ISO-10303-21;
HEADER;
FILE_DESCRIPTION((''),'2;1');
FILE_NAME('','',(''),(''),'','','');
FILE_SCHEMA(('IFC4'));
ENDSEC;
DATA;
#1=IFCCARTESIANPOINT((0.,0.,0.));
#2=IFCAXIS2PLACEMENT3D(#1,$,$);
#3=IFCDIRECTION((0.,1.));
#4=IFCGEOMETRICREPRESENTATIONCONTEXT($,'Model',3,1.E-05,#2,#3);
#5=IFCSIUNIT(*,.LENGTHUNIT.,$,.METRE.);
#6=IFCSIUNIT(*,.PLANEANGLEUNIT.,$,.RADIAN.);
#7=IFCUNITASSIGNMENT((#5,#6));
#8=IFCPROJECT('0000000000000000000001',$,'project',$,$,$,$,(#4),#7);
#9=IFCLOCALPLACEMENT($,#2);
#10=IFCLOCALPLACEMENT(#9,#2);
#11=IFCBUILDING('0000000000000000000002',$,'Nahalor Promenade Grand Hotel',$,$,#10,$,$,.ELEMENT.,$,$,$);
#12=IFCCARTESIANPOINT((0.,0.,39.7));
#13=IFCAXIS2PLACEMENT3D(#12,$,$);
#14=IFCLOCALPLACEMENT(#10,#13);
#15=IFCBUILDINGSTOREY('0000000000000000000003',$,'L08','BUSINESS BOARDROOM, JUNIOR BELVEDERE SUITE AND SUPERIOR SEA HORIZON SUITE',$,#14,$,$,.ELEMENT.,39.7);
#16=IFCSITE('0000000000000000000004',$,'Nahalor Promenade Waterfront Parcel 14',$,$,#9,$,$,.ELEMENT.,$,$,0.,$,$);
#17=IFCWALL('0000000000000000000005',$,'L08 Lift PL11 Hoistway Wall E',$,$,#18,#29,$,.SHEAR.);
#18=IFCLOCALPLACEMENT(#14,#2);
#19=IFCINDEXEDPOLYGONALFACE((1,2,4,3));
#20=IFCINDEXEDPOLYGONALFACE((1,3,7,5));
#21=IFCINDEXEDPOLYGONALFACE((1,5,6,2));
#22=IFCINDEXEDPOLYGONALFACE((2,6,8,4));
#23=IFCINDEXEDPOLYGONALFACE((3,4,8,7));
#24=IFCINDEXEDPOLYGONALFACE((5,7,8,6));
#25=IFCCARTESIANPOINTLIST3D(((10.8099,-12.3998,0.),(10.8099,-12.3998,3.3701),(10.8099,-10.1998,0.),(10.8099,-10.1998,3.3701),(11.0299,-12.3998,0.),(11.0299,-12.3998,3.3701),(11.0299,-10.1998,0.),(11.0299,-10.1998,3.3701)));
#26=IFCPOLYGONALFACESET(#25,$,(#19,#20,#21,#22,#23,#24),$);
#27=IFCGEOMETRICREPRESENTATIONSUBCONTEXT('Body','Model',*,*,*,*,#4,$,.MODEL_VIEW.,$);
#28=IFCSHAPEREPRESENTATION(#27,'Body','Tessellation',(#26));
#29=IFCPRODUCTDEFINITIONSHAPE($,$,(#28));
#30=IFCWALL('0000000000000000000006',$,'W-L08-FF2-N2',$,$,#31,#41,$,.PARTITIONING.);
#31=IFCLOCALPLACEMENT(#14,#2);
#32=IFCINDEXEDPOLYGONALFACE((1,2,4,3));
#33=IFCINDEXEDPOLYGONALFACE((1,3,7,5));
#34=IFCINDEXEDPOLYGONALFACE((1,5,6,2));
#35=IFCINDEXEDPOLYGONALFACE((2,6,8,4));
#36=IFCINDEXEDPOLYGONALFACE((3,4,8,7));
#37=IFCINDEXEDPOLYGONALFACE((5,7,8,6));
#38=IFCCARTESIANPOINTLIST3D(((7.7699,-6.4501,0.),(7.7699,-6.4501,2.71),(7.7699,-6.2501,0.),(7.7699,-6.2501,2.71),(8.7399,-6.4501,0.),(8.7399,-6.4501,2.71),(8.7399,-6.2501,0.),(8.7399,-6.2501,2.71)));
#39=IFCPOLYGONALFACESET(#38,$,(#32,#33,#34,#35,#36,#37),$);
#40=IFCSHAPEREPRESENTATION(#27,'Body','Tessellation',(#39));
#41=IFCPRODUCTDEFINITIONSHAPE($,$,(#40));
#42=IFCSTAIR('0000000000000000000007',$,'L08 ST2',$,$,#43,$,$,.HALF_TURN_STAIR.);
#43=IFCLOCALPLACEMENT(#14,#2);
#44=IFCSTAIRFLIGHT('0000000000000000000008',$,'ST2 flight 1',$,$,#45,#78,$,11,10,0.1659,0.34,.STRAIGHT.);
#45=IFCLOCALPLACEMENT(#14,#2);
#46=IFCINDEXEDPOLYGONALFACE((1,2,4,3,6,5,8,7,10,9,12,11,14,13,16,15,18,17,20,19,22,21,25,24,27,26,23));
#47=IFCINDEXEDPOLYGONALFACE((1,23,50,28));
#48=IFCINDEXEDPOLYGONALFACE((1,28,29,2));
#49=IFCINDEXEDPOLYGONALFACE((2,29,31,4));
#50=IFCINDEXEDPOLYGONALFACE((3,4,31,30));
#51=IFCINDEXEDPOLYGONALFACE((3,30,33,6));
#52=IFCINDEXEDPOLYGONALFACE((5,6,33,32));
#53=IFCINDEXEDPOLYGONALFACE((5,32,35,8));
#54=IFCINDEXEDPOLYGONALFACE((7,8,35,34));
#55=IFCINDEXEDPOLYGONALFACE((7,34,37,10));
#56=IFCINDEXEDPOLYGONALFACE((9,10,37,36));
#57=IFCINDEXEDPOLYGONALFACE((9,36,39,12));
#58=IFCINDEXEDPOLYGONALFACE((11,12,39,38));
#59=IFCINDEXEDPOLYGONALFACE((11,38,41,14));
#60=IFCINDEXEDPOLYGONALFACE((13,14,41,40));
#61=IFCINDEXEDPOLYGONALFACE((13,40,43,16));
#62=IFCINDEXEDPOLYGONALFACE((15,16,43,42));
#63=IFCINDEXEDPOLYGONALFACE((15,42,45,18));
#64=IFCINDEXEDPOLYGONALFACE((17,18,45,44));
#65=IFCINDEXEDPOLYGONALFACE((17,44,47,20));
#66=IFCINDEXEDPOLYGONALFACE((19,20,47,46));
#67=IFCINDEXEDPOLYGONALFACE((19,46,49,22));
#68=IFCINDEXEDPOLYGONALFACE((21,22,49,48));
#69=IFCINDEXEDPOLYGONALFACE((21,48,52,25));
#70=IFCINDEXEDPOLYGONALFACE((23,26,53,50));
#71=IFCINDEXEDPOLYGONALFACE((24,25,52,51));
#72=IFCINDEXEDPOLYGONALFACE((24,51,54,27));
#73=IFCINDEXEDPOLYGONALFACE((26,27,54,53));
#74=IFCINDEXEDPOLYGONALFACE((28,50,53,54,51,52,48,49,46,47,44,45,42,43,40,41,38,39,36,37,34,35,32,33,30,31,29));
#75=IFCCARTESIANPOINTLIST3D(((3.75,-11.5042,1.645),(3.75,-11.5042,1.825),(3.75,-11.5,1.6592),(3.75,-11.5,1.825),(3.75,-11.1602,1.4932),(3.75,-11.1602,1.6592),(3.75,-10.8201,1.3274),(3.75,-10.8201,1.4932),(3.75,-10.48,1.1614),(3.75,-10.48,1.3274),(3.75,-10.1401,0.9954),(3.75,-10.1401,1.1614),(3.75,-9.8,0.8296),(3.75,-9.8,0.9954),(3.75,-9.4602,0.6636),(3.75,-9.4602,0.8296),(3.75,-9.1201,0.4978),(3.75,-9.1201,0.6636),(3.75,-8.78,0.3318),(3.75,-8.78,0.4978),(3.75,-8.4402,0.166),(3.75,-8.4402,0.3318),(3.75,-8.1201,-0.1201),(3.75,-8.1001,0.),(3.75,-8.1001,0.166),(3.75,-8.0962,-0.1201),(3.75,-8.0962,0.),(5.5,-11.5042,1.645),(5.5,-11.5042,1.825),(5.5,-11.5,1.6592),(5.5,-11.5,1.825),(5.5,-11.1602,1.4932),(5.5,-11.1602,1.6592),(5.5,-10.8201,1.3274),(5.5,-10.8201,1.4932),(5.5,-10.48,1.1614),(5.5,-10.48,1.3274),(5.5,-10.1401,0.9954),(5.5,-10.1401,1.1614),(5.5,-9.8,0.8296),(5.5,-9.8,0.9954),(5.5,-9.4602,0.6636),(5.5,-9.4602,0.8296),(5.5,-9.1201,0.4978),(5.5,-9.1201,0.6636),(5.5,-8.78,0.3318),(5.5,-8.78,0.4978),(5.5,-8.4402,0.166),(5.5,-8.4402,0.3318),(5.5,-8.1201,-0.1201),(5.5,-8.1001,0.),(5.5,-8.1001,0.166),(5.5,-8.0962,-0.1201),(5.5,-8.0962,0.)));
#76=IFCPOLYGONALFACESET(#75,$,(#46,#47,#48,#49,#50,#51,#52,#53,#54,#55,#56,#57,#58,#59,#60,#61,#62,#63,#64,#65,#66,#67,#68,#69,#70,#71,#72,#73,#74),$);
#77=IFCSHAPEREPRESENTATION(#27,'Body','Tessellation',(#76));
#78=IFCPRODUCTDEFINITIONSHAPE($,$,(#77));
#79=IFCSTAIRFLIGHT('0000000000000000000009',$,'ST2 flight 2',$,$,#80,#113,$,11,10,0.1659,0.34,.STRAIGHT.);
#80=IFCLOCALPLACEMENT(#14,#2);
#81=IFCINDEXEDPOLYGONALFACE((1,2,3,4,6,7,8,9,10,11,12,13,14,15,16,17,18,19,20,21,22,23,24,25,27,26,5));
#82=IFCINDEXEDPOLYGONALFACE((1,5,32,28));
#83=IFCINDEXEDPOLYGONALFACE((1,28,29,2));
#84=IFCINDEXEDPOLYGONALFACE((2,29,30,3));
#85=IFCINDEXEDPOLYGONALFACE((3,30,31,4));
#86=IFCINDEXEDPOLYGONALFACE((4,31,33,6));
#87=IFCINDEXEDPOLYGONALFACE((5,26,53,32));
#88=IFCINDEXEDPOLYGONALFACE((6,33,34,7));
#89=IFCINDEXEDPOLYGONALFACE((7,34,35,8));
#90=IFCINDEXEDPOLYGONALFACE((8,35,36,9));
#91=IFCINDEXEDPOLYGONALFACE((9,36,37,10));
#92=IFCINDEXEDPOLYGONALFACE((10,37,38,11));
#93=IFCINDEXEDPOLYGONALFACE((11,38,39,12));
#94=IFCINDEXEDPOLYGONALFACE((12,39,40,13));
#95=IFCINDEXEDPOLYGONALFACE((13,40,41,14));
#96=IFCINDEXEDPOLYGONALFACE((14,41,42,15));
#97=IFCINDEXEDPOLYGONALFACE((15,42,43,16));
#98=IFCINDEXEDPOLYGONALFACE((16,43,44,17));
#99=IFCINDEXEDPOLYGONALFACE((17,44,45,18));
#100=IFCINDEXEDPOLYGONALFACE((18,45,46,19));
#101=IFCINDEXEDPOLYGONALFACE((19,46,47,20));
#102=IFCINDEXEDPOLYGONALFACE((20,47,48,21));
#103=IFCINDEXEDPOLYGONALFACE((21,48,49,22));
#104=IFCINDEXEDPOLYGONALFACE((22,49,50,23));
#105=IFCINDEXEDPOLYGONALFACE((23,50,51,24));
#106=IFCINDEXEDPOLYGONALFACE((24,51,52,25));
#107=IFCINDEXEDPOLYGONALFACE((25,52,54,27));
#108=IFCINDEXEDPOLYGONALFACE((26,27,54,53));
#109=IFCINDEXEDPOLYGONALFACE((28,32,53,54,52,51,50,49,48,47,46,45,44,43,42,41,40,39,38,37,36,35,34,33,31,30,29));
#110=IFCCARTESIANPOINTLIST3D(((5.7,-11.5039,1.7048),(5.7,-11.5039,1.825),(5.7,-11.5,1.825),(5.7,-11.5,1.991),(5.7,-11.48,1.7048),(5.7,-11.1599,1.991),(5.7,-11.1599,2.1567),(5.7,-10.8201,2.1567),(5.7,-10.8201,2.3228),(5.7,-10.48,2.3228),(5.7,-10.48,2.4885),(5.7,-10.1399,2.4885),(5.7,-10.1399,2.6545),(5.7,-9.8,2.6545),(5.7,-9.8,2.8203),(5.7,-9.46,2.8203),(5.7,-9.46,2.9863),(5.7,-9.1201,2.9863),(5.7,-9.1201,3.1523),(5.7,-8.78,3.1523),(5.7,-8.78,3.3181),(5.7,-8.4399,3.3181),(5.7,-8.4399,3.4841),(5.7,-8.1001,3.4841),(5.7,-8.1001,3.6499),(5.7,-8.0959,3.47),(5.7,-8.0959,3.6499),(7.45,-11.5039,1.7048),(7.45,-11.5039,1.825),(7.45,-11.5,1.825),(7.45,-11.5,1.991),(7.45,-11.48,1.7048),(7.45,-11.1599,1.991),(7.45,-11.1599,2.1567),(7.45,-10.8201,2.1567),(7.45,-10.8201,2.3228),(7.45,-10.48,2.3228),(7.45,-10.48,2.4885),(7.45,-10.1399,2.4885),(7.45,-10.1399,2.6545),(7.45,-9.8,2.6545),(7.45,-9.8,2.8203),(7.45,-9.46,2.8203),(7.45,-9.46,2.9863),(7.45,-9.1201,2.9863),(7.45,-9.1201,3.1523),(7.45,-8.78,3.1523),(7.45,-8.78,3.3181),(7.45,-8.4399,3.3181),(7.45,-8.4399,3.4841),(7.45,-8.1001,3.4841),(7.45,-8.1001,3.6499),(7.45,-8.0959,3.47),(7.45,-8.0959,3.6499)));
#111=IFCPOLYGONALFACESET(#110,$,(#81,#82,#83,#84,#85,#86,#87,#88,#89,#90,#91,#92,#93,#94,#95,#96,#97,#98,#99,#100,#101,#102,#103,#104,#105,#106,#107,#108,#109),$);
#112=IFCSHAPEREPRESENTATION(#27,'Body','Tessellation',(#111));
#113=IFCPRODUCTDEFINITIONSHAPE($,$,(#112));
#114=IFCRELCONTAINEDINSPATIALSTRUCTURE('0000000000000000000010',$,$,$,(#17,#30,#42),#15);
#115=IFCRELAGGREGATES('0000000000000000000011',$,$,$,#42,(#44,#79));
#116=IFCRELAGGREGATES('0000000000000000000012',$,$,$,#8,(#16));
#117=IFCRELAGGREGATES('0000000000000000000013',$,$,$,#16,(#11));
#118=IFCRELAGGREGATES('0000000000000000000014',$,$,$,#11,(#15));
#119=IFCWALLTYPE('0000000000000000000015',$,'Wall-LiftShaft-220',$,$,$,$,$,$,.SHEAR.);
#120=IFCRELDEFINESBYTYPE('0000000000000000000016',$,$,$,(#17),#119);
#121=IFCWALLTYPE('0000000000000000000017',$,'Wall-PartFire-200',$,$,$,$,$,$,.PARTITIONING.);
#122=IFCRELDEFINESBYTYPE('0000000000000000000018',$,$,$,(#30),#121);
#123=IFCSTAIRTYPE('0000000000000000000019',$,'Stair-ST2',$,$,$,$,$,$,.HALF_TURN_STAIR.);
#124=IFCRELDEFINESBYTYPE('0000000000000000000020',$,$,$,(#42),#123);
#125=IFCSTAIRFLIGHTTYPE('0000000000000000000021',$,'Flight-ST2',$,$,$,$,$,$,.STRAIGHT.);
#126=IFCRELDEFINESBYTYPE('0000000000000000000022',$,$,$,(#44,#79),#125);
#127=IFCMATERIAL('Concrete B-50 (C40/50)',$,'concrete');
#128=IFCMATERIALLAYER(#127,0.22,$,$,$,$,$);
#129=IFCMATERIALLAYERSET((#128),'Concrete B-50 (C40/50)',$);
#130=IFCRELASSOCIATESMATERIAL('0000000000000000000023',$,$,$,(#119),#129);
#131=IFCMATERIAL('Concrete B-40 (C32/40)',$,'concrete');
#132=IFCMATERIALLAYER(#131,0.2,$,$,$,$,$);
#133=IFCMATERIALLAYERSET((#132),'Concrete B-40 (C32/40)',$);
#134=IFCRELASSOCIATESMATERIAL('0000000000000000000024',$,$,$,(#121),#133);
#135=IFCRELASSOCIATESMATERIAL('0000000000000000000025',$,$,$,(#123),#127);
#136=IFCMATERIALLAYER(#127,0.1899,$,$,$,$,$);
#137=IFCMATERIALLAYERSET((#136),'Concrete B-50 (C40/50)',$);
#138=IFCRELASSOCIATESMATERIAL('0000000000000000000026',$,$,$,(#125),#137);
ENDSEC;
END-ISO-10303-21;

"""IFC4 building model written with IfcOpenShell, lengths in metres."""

from ifc_helpers import new_model, si_unit, direction, frame, frame_2d, origin, place, context, subcontext, project, spatial, polyline, rectangle, outline, extrude, source, transform, mapped, material, layer, layer_set, type_object, element, aggregate, save


model = new_model("IFC4")

# Units and contexts
model_context = context("Model", 3, precision=1e-05, world=origin(), true_north=direction((0.0, 1.0)))
body_context = subcontext(model_context, "Body", "Model", "MODEL_VIEW")
ifc_project = project(units=[si_unit("LENGTHUNIT", "METRE"), si_unit("PLANEANGLEUNIT", "RADIAN")], contexts=[model_context])

# Site, building, storey
site_placement = place(None, origin())
site = spatial("IfcSite", under=ifc_project, at=site_placement, Name="Nahalor Promenade Waterfront Parcel 14", CompositionType="ELEMENT", RefElevation=0.0)
building_placement = place(site_placement, origin())
building = spatial("IfcBuilding", under=site, at=building_placement, Name="Nahalor Promenade Grand Hotel", CompositionType="ELEMENT")
storey_placement = place(building_placement, frame((0.0, 0.0, 39.7)))
storey = spatial("IfcBuildingStorey", under=building, at=storey_placement, Name="L08", Description="BUSINESS BOARDROOM, JUNIOR BELVEDERE SUITE AND SUPERIOR SEA HORIZON SUITE", CompositionType="ELEMENT", Elevation=39.7)

# Walls
ifc_material_1 = material(Name="Concrete B-50 (C40/50)", Category="concrete")
ifc_layer_1 = layer(ifc_material_1, 0.22)
ifc_layer_set_1 = layer_set([ifc_layer_1], Name="Concrete B-50 (C40/50)")
wall_type_1 = type_object("IfcWallType", Name="Wall-LiftShaft-220", PredefinedType="SHEAR", material=ifc_layer_set_1)
shared_shape_1 = source(origin(), body_context, "Body", "SweptSolid", [
    extrude(rectangle(XDim=2.2, YDim=0.22, at=frame_2d((1.1001, 0.0))), origin(), (0.0, 0.0, 1.0), 3.3701),
])
for number, where, z_axis, x_axis, name in (
    (1, (10.9199, -12.3999, 0.0), (0.0, 0.0, 1.0), (0.0, 1.0, 0.0), "L08 Lift PL11 Hoistway Wall E"),
):
    element("IfcWall", number, at=place(storey_placement, frame(where, z_axis=z_axis, x_axis=x_axis)), inside=storey, type_object=wall_type_1, Name=name, PredefinedType="SHEAR", context=body_context, shape_type="MappedRepresentation", body=[
        mapped(shared_shape_1, transform((0.0, 0.0, 0.0), scale=1.0)),
    ])
ifc_material_2 = material(Name="Concrete B-40 (C32/40)", Category="concrete")
ifc_layer_2 = layer(ifc_material_2, 0.2)
ifc_layer_set_2 = layer_set([ifc_layer_2], Name="Concrete B-40 (C32/40)")
wall_type_2 = type_object("IfcWallType", Name="Wall-PartFire-200", PredefinedType="PARTITIONING", material=ifc_layer_set_2)
shared_shape_2 = source(origin(), body_context, "Body", "SweptSolid", [
    extrude(rectangle(XDim=0.97, YDim=0.2, at=frame_2d((0.4849, 0.0))), origin(), (0.0, 0.0, 1.0), 2.71),
])
wall_1_placement = place(storey_placement, frame((7.77, -6.3501, 0.0), z_axis=(0.0, 0.0, 1.0), x_axis=(1.0, 0.0, 0.0)))
element("IfcWall", 2, at=wall_1_placement, inside=storey, type_object=wall_type_2, Name="W-L08-FF2-N2", PredefinedType="PARTITIONING", context=body_context, shape_type="MappedRepresentation", body=[
    mapped(shared_shape_2, transform((0.0, 0.0, 0.0), scale=1.0)),
])

# Stair, stair flights
stair_type = type_object("IfcStairType", Name="Stair-ST2", PredefinedType="HALF_TURN_STAIR", material=ifc_material_1)
stair_placement = place(storey_placement, origin())
stair = element("IfcStair", 3, at=stair_placement, inside=storey, type_object=stair_type, Name="L08 ST2", PredefinedType="HALF_TURN_STAIR")
ifc_layer_3 = layer(ifc_material_1, 0.1899)
ifc_layer_set_3 = layer_set([ifc_layer_3], Name="Concrete B-50 (C40/50)")
stair_flight_type = type_object("IfcStairFlightType", Name="Flight-ST2", PredefinedType="STRAIGHT", material=ifc_layer_set_3)
shared_shape_3 = source(origin(), body_context, "Body", "SweptSolid", [
    extrude(outline(polyline([(-0.0039, -0.1201), (-0.0039, 0.0), (0.0, 0.0), (0.0, 0.166), (0.3401, 0.166), (0.3401, 0.3318), (0.6799, 0.3318), (0.6799, 0.4978), (1.02, 0.4978), (1.02, 0.6636), (1.3601, 0.6636), (1.3601, 0.8296), (1.7, 0.8296), (1.7, 0.9954), (2.04, 0.9954), (2.04, 1.1614), (2.3799, 1.1614), (2.3799, 1.3274), (2.72, 1.3274), (2.72, 1.4932), (3.0601, 1.4932), (3.0601, 1.6592), (3.3999, 1.6592), (3.3999, 1.825), (3.4041, 1.825), (3.4041, 1.645), (0.02, -0.1201), (-0.0039, -0.1201)])), frame((0.0, 0.875, 0.0), z_axis=(0.0, -1.0, 0.0), x_axis=(1.0, 0.0, 0.0)), (0.0, 0.0, 1.0), 1.75),
])
stair_flight_1_placement = place(storey_placement, frame((4.625, -8.1001, 0.0), z_axis=(0.0, 0.0, 1.0), x_axis=(0.0, -1.0, 0.0)))
stair_flight_1 = element("IfcStairFlight", 4, at=stair_flight_1_placement, type_object=stair_flight_type, Name="ST2 flight 1", NumberOfRisers=11, NumberOfTreads=10, PredefinedType="STRAIGHT", RiserHeight=0.1659, TreadLength=0.34, context=body_context, shape_type="MappedRepresentation", body=[
    mapped(shared_shape_3, transform((0.0, 0.0, 0.0), scale=1.0)),
])
stair_flight_2_placement = place(storey_placement, frame((6.575, -11.5, 1.825), z_axis=(0.0, 0.0, 1.0), x_axis=(0.0, 1.0, 0.0)))
stair_flight_2 = element("IfcStairFlight", 5, at=stair_flight_2_placement, type_object=stair_flight_type, Name="ST2 flight 2", NumberOfRisers=11, NumberOfTreads=10, PredefinedType="STRAIGHT", RiserHeight=0.1659, TreadLength=0.34, context=body_context, shape_type="MappedRepresentation", body=[
    mapped(shared_shape_3, transform((0.0, 0.0, 0.0), scale=1.0)),
])
aggregate(stair, [stair_flight_1, stair_flight_2])

save(model, "model.ifc")
